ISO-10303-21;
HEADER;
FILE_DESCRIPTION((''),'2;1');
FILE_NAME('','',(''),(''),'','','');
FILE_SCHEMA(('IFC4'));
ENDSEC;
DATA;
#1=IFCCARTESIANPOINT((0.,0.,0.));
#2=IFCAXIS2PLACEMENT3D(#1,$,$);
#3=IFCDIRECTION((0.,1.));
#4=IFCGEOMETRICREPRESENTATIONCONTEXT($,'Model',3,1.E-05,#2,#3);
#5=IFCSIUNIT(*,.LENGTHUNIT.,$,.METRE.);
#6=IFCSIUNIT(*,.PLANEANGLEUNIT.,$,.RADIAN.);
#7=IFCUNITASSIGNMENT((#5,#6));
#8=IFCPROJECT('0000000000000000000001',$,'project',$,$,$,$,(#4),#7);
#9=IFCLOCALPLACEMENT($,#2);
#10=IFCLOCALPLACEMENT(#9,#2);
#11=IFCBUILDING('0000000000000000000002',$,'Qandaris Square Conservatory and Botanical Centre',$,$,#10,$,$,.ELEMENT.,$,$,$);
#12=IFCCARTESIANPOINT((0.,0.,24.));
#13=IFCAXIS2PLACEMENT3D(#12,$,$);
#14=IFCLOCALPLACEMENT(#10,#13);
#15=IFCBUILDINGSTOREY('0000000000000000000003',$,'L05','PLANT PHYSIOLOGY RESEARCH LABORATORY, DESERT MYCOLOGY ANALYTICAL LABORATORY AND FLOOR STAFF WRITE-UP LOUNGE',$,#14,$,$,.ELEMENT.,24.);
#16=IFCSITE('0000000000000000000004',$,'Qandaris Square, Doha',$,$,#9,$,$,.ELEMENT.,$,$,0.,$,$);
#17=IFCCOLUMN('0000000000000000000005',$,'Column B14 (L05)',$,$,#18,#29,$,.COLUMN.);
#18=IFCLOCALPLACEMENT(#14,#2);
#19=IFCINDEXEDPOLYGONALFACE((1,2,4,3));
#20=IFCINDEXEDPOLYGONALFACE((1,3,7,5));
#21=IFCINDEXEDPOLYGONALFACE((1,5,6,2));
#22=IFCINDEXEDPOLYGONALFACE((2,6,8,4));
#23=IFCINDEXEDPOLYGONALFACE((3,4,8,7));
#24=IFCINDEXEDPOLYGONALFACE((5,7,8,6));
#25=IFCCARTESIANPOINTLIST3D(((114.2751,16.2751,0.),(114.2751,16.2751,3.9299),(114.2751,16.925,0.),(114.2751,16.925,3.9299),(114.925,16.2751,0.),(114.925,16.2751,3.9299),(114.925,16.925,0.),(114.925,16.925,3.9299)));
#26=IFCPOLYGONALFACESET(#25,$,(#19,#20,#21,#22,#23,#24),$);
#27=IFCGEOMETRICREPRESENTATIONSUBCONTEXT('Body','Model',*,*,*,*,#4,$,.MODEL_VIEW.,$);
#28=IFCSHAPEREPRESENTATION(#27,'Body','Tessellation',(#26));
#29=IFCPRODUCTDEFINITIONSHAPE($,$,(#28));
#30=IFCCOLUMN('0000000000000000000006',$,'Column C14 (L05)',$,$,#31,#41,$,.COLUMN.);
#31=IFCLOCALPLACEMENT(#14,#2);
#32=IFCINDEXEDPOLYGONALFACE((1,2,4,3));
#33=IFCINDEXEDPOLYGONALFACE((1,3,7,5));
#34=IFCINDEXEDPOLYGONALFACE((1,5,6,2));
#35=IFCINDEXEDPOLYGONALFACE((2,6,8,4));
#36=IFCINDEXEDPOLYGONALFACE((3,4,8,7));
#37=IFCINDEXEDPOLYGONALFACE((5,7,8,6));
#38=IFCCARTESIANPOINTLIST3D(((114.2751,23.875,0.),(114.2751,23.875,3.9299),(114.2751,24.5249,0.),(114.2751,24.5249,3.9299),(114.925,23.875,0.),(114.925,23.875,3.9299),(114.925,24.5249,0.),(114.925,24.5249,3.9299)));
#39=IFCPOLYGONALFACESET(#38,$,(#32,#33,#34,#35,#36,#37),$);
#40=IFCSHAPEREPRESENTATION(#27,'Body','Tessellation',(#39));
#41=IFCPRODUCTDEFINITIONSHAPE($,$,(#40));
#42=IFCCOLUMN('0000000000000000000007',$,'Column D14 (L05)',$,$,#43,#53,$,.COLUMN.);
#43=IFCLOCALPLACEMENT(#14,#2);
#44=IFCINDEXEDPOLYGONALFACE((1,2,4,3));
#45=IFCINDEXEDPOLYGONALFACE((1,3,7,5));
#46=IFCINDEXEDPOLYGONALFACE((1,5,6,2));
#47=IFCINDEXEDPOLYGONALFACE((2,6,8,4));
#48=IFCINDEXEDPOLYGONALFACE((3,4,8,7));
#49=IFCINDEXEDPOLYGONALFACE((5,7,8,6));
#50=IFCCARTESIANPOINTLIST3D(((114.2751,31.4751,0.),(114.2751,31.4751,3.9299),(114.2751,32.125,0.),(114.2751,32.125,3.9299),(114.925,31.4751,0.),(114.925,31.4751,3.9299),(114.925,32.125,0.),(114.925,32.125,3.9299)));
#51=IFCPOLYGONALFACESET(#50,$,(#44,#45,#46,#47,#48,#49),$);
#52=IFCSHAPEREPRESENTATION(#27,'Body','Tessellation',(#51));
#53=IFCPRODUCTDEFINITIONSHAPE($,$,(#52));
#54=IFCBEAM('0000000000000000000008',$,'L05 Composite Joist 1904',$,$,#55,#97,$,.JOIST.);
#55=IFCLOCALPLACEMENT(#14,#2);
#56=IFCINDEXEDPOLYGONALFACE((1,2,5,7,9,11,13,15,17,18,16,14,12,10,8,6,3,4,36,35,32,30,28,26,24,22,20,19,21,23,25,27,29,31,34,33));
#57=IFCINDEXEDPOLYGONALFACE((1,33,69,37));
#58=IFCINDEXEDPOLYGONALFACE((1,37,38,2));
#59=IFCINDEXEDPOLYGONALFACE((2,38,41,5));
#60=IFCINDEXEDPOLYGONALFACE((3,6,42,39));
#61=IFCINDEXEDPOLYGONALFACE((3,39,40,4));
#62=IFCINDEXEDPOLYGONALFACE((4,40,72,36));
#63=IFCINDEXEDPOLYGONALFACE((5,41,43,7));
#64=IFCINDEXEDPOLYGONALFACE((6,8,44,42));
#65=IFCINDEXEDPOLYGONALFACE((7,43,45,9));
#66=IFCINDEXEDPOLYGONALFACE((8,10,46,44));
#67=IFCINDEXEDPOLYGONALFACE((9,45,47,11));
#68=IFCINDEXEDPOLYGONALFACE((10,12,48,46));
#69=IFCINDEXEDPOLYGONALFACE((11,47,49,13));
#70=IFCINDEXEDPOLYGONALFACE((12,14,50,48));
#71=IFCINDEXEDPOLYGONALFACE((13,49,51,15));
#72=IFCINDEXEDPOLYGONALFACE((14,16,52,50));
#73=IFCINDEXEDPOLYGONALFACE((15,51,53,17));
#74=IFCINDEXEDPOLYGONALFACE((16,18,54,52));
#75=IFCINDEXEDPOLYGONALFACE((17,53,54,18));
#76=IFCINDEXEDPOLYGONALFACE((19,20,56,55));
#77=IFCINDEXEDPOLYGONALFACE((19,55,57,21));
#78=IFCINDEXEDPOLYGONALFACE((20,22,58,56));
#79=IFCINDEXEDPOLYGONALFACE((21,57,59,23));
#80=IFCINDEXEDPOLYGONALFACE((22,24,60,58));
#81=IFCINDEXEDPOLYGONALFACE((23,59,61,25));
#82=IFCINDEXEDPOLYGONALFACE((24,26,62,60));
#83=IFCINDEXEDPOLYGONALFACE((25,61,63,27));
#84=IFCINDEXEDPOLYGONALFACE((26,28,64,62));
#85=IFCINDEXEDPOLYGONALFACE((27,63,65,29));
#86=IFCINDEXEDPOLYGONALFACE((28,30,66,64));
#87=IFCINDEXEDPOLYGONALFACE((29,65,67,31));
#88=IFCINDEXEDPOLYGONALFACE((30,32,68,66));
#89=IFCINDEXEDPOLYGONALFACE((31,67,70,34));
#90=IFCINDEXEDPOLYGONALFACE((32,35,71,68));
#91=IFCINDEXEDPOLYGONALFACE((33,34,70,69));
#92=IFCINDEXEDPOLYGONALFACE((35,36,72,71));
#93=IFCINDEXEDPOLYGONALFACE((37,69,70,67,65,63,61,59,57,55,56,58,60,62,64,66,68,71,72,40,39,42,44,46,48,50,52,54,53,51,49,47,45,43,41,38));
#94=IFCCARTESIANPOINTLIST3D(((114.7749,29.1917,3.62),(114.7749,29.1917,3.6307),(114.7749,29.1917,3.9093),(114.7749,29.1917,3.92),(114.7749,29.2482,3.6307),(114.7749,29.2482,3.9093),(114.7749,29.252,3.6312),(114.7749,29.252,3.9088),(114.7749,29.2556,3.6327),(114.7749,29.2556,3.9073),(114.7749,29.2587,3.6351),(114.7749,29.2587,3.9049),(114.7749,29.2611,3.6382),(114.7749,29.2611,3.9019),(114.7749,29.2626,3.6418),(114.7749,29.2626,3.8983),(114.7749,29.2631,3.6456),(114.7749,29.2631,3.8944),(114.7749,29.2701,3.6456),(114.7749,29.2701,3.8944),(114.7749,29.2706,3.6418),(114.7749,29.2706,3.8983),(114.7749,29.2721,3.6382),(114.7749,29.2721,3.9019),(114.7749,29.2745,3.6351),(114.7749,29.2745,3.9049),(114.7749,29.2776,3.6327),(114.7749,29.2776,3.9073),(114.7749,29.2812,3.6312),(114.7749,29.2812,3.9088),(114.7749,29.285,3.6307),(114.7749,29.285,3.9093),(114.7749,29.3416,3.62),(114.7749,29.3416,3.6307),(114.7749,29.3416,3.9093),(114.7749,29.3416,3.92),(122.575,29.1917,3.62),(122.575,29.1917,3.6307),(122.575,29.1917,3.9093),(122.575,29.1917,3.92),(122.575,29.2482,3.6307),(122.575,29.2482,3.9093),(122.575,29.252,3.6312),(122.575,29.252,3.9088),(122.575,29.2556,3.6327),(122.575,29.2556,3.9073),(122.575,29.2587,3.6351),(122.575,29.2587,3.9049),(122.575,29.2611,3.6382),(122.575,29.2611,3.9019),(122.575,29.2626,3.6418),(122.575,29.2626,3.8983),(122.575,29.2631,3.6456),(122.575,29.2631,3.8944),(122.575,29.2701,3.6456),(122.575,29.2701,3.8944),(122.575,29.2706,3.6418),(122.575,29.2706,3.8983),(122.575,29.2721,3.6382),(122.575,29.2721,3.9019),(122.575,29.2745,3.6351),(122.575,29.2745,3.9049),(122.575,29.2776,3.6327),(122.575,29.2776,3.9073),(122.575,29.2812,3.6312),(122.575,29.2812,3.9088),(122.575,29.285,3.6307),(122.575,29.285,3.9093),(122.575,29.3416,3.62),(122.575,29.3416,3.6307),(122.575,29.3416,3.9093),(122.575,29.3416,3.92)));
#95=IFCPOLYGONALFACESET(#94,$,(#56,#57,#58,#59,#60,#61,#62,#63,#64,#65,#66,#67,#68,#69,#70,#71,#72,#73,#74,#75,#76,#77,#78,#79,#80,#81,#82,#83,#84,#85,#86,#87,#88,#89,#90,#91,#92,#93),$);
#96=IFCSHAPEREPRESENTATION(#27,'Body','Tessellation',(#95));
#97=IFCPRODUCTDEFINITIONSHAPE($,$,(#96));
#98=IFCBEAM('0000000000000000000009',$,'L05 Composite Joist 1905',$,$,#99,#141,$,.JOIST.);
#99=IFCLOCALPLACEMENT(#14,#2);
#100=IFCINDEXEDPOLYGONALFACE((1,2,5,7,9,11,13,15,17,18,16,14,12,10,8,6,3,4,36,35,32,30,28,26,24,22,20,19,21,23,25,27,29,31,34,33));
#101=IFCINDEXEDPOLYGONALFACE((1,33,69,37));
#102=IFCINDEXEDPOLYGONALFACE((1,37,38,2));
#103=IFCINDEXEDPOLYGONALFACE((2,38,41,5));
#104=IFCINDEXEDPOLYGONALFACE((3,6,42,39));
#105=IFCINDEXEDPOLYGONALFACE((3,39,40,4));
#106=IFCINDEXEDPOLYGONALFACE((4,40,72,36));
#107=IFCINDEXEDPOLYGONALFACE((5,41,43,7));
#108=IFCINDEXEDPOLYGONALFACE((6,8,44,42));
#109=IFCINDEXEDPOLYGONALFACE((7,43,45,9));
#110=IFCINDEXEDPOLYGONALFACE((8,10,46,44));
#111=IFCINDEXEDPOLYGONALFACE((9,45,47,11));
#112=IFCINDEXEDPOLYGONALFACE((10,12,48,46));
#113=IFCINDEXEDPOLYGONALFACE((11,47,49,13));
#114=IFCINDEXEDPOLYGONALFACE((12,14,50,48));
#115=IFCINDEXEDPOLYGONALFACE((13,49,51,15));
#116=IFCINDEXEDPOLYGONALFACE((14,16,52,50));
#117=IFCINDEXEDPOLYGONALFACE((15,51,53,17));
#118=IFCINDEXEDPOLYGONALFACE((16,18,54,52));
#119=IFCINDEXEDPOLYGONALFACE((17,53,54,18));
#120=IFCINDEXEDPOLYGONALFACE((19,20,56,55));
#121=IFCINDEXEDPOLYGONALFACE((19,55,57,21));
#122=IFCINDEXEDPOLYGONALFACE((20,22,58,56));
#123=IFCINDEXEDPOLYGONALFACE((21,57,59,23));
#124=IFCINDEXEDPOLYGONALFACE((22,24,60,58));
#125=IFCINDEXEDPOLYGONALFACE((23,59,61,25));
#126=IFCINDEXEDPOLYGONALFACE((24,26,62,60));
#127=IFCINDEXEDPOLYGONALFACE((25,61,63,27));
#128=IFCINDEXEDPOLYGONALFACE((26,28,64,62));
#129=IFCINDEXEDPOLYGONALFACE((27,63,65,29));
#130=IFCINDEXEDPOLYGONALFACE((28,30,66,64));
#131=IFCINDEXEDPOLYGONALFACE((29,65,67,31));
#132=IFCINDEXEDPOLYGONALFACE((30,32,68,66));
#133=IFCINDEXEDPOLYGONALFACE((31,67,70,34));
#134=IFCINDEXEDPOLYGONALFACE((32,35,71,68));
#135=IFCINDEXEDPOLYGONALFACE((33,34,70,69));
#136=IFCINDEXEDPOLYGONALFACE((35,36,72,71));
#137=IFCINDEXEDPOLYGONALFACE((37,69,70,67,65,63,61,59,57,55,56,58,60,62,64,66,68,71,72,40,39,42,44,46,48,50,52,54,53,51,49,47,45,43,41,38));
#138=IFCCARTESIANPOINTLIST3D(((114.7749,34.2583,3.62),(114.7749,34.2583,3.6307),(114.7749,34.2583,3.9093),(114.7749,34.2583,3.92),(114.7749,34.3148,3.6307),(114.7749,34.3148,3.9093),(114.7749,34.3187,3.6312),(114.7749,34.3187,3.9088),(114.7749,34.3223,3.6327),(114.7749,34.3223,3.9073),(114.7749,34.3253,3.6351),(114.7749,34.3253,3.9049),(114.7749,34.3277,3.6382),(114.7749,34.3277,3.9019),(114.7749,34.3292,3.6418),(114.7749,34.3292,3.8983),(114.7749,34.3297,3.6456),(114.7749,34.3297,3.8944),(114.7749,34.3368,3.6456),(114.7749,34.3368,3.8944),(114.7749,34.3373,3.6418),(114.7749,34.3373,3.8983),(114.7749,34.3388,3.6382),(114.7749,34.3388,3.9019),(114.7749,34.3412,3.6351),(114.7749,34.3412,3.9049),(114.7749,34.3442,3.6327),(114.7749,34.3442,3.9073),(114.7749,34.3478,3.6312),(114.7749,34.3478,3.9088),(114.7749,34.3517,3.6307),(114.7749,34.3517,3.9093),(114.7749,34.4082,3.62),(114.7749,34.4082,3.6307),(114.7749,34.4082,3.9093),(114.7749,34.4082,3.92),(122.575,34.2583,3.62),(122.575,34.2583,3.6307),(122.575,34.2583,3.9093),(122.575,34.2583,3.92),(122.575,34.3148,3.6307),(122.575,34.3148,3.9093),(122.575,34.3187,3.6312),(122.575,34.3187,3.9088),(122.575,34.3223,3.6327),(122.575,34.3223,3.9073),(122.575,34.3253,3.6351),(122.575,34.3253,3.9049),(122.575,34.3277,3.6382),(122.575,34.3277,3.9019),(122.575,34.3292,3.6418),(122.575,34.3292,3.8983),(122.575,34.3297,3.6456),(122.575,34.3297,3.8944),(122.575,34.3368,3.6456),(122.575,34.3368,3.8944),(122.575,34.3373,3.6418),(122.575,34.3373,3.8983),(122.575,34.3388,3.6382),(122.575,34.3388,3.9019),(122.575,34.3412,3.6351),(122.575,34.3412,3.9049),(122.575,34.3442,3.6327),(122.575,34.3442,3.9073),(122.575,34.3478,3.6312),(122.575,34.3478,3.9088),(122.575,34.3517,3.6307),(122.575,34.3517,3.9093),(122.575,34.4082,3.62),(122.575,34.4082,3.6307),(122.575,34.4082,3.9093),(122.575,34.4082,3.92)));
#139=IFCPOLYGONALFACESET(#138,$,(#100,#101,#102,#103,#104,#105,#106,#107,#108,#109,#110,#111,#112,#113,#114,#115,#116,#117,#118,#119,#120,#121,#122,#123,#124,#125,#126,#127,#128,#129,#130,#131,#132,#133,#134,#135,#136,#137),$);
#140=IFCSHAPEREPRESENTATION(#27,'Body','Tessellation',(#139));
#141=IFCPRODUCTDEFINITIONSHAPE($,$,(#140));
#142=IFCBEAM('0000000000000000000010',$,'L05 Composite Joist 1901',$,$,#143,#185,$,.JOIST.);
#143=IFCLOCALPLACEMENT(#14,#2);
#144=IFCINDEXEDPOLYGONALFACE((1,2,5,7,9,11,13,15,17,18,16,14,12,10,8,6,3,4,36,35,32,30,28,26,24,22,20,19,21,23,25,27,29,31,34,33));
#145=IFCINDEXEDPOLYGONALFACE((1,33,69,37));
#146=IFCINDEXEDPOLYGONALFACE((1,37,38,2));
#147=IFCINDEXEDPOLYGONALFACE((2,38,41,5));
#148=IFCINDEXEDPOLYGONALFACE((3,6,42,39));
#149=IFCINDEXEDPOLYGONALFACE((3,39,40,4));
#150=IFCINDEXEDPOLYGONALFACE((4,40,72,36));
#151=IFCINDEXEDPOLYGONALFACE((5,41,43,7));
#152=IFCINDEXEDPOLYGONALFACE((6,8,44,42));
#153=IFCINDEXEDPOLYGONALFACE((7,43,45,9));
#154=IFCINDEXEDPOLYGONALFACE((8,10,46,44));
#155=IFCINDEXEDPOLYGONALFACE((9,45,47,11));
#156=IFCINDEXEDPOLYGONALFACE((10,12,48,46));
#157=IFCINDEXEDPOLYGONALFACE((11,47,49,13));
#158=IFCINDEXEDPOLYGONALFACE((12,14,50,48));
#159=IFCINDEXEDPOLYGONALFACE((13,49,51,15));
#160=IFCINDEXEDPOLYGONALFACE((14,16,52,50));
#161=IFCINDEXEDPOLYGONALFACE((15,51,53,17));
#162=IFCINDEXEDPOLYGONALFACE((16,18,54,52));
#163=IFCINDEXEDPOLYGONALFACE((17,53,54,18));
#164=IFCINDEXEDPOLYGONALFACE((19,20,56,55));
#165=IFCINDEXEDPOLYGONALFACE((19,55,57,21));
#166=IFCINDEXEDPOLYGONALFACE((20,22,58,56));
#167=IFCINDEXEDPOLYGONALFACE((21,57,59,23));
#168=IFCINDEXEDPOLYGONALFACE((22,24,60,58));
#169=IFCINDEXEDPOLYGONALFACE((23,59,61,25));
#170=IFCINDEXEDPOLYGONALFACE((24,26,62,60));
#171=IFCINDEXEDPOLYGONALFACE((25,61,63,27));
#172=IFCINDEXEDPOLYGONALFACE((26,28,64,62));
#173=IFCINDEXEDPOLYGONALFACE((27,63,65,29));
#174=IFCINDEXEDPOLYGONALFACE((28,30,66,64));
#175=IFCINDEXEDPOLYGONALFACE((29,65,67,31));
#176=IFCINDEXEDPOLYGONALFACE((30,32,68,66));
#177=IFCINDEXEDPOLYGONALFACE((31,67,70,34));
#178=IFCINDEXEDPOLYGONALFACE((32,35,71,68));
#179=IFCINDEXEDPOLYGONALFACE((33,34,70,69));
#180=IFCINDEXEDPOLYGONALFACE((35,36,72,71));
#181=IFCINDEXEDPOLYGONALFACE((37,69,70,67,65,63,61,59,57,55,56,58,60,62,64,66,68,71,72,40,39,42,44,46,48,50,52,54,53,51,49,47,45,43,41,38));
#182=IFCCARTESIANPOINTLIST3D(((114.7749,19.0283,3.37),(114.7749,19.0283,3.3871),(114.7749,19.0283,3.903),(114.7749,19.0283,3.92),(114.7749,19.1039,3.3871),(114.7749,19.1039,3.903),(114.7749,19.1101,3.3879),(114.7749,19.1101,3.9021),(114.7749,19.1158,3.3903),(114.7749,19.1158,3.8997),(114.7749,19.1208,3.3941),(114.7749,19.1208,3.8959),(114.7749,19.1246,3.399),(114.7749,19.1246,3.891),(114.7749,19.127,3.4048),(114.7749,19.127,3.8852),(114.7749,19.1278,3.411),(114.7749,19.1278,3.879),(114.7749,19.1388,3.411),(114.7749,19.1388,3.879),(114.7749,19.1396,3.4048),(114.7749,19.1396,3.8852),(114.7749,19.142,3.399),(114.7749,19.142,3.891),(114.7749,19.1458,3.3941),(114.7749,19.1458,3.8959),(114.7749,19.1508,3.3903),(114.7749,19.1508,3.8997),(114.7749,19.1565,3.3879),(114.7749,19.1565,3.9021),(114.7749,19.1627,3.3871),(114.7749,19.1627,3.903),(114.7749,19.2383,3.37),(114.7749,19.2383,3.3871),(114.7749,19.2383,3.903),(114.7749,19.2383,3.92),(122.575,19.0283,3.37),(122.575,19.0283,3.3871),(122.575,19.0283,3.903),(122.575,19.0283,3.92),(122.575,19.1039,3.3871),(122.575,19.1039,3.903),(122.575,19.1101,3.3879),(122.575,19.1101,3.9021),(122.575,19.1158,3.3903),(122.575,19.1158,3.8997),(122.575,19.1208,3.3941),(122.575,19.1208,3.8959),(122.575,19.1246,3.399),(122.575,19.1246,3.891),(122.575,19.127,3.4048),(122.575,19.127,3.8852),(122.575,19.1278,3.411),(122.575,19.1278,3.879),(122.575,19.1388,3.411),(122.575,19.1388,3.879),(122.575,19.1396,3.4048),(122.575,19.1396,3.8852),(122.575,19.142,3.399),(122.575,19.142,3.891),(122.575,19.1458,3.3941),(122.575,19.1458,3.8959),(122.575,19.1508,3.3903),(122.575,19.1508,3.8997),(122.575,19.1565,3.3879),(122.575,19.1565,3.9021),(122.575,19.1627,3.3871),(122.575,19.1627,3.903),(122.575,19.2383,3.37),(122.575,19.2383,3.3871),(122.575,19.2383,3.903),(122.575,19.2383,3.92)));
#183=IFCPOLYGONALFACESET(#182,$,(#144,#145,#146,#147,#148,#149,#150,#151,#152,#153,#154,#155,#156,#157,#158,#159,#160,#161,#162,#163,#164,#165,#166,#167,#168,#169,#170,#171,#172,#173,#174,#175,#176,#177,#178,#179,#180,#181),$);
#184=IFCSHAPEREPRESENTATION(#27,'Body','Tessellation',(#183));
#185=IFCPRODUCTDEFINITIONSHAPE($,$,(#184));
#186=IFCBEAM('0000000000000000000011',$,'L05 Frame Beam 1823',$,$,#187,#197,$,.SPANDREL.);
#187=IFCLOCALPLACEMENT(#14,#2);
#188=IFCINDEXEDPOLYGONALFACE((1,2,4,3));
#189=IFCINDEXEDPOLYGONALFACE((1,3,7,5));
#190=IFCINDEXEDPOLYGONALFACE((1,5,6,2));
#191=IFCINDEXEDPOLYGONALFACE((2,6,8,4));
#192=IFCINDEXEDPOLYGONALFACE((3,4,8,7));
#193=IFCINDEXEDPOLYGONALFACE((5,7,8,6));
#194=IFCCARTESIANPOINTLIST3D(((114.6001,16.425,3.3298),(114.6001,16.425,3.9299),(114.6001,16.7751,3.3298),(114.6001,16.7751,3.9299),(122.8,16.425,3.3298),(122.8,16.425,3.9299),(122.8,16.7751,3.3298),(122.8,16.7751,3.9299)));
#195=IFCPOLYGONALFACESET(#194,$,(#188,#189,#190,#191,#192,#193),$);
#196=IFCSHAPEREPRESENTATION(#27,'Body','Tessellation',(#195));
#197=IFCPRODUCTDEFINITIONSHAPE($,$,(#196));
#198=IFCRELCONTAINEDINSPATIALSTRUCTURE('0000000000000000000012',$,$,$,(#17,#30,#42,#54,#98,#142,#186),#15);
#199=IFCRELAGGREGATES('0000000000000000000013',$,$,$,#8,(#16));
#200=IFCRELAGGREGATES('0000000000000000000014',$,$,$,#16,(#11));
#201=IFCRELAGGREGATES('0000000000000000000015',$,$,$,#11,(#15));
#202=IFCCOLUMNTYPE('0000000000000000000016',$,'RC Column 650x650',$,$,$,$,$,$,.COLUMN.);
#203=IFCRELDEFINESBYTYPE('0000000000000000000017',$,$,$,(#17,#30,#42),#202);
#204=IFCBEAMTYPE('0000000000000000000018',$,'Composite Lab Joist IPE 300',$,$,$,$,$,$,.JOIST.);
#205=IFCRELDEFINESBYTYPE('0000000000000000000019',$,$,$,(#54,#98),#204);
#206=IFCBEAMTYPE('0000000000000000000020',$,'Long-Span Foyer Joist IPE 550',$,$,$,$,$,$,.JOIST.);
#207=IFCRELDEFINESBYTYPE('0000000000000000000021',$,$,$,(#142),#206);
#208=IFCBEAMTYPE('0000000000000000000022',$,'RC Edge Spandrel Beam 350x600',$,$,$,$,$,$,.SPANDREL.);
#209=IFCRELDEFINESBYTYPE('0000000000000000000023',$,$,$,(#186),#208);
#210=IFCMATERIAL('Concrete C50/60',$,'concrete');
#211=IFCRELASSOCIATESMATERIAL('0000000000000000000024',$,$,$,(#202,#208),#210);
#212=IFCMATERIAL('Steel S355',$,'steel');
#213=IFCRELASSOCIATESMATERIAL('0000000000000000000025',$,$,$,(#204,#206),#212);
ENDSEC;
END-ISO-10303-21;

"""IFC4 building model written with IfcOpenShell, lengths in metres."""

from ifc_helpers import new_model, si_unit, direction, frame, origin, origin_2d, place, context, subcontext, project, spatial, rectangle, i_section, extrude, material, material_profile, profile_set, type_object, element, save


model = new_model("IFC4")

# Units and contexts
model_context = context("Model", 3, precision=1e-05, world=origin(), true_north=direction((0.0, 1.0)))
body_context = subcontext(model_context, "Body", "Model", "MODEL_VIEW")
ifc_project = project(units=[si_unit("LENGTHUNIT", "METRE"), si_unit("PLANEANGLEUNIT", "RADIAN")], contexts=[model_context])

# Site, building, storey
site_placement = place(None, origin())
site = spatial("IfcSite", under=ifc_project, at=site_placement, Name="Qandaris Square, Doha", CompositionType="ELEMENT", RefElevation=0.0)
building_placement = place(site_placement, origin())
building = spatial("IfcBuilding", under=site, at=building_placement, Name="Qandaris Square Conservatory and Botanical Centre", CompositionType="ELEMENT")
storey_placement = place(building_placement, frame((0.0, 0.0, 24.0)))
storey = spatial("IfcBuildingStorey", under=building, at=storey_placement, Name="L05", Description="PLANT PHYSIOLOGY RESEARCH LABORATORY, DESERT MYCOLOGY ANALYTICAL LABORATORY AND FLOOR STAFF WRITE-UP LOUNGE", CompositionType="ELEMENT", Elevation=24.0)

# Columns
ifc_material_1 = material(Name="Concrete C50/60", Category="concrete")
ifc_material_profile_1 = material_profile(ifc_material_1, rectangle(XDim=0.6499, YDim=0.6499, at=origin_2d()), Name="RC-COL 650x650")
ifc_profile_set_1 = profile_set([ifc_material_profile_1], Name="Concrete C50/60")
column_type = type_object("IfcColumnType", Name="RC Column 650x650", PredefinedType="COLUMN", material=ifc_profile_set_1)
for number, where, z_axis, x_axis, name in (
    (1, (114.6001, 16.6001, 0.0), (0.0, 0.0, 1.0), (1.0, 0.0, 0.0), "Column B14 (L05)"),
    (2, (114.6001, 24.2, 0.0), (0.0, 0.0, 1.0), (1.0, 0.0, 0.0), "Column C14 (L05)"),
    (3, (114.6001, 31.8, 0.0), (0.0, 0.0, 1.0), (1.0, 0.0, 0.0), "Column D14 (L05)"),
):
    element("IfcColumn", number, at=place(storey_placement, frame(where, z_axis=z_axis, x_axis=x_axis)), inside=storey, type_object=column_type, Name=name, PredefinedType="COLUMN", context=body_context, shape_type="SweptSolid", body=[
        extrude(rectangle(XDim=0.6499, YDim=0.6499, at=origin_2d()), origin(), (0.0, 0.0, 1.0), 3.9299),
    ])

# Beams
ifc_material_2 = material(Name="Steel S355", Category="steel")
ifc_material_profile_2 = material_profile(ifc_material_2, i_section(OverallWidth=0.1499, OverallDepth=0.3, WebThickness=0.0071, FlangeThickness=0.0107, FilletRadius=0.0149, at=origin_2d()), Name="IPE 300")
ifc_profile_set_2 = profile_set([ifc_material_profile_2], Name="Steel S355")
beam_type_1 = type_object("IfcBeamType", Name="Composite Lab Joist IPE 300", PredefinedType="JOIST", material=ifc_profile_set_2)
for number, where, z_axis, x_axis, name in (
    (4, (114.7749, 29.2666, 3.77), (1.0, 0.0, 0.0), (0.0, 1.0, 0.0), "L05 Composite Joist 1904"),
    (5, (114.7749, 34.3333, 3.77), (1.0, 0.0, 0.0), (0.0, 1.0, 0.0), "L05 Composite Joist 1905"),
):
    element("IfcBeam", number, at=place(storey_placement, frame(where, z_axis=z_axis, x_axis=x_axis)), inside=storey, type_object=beam_type_1, Name=name, PredefinedType="JOIST", context=body_context, shape_type="SweptSolid", body=[
        extrude(i_section(OverallWidth=0.1499, OverallDepth=0.3, WebThickness=0.0071, FlangeThickness=0.0107, FilletRadius=0.0149, at=origin_2d()), origin(), (0.0, 0.0, 1.0), 7.8),
    ])
ifc_material_profile_3 = material_profile(ifc_material_2, i_section(OverallWidth=0.21, OverallDepth=0.55, WebThickness=0.011, FlangeThickness=0.0171, FilletRadius=0.0239, at=origin_2d()), Name="IPE 550")
ifc_profile_set_3 = profile_set([ifc_material_profile_3], Name="Steel S355")
beam_type_2 = type_object("IfcBeamType", Name="Long-Span Foyer Joist IPE 550", PredefinedType="JOIST", material=ifc_profile_set_3)
beam_1_placement = place(storey_placement, frame((114.7749, 19.1333, 3.645), z_axis=(1.0, 0.0, 0.0), x_axis=(0.0, 1.0, 0.0)))
element("IfcBeam", 6, at=beam_1_placement, inside=storey, type_object=beam_type_2, Name="L05 Composite Joist 1901", PredefinedType="JOIST", context=body_context, shape_type="SweptSolid", body=[
    extrude(i_section(OverallWidth=0.21, OverallDepth=0.55, WebThickness=0.011, FlangeThickness=0.0171, FilletRadius=0.0239, at=origin_2d()), origin(), (0.0, 0.0, 1.0), 7.8),
])
ifc_material_profile_4 = material_profile(ifc_material_1, rectangle(XDim=0.3501, YDim=0.6001, at=origin_2d()), Name="RC-SP 350x600")
ifc_profile_set_4 = profile_set([ifc_material_profile_4], Name="Concrete C50/60")
beam_type_3 = type_object("IfcBeamType", Name="RC Edge Spandrel Beam 350x600", PredefinedType="SPANDREL", material=ifc_profile_set_4)
beam_2_placement = place(storey_placement, frame((114.6001, 16.6001, 3.6299), z_axis=(1.0, 0.0, 0.0), x_axis=(0.0, 1.0, 0.0)))
element("IfcBeam", 7, at=beam_2_placement, inside=storey, type_object=beam_type_3, Name="L05 Frame Beam 1823", PredefinedType="SPANDREL", context=body_context, shape_type="SweptSolid", body=[
    extrude(rectangle(XDim=0.3501, YDim=0.6001, at=origin_2d()), origin(), (0.0, 0.0, 1.0), 8.2),
])

save(model, "model.ifc")
